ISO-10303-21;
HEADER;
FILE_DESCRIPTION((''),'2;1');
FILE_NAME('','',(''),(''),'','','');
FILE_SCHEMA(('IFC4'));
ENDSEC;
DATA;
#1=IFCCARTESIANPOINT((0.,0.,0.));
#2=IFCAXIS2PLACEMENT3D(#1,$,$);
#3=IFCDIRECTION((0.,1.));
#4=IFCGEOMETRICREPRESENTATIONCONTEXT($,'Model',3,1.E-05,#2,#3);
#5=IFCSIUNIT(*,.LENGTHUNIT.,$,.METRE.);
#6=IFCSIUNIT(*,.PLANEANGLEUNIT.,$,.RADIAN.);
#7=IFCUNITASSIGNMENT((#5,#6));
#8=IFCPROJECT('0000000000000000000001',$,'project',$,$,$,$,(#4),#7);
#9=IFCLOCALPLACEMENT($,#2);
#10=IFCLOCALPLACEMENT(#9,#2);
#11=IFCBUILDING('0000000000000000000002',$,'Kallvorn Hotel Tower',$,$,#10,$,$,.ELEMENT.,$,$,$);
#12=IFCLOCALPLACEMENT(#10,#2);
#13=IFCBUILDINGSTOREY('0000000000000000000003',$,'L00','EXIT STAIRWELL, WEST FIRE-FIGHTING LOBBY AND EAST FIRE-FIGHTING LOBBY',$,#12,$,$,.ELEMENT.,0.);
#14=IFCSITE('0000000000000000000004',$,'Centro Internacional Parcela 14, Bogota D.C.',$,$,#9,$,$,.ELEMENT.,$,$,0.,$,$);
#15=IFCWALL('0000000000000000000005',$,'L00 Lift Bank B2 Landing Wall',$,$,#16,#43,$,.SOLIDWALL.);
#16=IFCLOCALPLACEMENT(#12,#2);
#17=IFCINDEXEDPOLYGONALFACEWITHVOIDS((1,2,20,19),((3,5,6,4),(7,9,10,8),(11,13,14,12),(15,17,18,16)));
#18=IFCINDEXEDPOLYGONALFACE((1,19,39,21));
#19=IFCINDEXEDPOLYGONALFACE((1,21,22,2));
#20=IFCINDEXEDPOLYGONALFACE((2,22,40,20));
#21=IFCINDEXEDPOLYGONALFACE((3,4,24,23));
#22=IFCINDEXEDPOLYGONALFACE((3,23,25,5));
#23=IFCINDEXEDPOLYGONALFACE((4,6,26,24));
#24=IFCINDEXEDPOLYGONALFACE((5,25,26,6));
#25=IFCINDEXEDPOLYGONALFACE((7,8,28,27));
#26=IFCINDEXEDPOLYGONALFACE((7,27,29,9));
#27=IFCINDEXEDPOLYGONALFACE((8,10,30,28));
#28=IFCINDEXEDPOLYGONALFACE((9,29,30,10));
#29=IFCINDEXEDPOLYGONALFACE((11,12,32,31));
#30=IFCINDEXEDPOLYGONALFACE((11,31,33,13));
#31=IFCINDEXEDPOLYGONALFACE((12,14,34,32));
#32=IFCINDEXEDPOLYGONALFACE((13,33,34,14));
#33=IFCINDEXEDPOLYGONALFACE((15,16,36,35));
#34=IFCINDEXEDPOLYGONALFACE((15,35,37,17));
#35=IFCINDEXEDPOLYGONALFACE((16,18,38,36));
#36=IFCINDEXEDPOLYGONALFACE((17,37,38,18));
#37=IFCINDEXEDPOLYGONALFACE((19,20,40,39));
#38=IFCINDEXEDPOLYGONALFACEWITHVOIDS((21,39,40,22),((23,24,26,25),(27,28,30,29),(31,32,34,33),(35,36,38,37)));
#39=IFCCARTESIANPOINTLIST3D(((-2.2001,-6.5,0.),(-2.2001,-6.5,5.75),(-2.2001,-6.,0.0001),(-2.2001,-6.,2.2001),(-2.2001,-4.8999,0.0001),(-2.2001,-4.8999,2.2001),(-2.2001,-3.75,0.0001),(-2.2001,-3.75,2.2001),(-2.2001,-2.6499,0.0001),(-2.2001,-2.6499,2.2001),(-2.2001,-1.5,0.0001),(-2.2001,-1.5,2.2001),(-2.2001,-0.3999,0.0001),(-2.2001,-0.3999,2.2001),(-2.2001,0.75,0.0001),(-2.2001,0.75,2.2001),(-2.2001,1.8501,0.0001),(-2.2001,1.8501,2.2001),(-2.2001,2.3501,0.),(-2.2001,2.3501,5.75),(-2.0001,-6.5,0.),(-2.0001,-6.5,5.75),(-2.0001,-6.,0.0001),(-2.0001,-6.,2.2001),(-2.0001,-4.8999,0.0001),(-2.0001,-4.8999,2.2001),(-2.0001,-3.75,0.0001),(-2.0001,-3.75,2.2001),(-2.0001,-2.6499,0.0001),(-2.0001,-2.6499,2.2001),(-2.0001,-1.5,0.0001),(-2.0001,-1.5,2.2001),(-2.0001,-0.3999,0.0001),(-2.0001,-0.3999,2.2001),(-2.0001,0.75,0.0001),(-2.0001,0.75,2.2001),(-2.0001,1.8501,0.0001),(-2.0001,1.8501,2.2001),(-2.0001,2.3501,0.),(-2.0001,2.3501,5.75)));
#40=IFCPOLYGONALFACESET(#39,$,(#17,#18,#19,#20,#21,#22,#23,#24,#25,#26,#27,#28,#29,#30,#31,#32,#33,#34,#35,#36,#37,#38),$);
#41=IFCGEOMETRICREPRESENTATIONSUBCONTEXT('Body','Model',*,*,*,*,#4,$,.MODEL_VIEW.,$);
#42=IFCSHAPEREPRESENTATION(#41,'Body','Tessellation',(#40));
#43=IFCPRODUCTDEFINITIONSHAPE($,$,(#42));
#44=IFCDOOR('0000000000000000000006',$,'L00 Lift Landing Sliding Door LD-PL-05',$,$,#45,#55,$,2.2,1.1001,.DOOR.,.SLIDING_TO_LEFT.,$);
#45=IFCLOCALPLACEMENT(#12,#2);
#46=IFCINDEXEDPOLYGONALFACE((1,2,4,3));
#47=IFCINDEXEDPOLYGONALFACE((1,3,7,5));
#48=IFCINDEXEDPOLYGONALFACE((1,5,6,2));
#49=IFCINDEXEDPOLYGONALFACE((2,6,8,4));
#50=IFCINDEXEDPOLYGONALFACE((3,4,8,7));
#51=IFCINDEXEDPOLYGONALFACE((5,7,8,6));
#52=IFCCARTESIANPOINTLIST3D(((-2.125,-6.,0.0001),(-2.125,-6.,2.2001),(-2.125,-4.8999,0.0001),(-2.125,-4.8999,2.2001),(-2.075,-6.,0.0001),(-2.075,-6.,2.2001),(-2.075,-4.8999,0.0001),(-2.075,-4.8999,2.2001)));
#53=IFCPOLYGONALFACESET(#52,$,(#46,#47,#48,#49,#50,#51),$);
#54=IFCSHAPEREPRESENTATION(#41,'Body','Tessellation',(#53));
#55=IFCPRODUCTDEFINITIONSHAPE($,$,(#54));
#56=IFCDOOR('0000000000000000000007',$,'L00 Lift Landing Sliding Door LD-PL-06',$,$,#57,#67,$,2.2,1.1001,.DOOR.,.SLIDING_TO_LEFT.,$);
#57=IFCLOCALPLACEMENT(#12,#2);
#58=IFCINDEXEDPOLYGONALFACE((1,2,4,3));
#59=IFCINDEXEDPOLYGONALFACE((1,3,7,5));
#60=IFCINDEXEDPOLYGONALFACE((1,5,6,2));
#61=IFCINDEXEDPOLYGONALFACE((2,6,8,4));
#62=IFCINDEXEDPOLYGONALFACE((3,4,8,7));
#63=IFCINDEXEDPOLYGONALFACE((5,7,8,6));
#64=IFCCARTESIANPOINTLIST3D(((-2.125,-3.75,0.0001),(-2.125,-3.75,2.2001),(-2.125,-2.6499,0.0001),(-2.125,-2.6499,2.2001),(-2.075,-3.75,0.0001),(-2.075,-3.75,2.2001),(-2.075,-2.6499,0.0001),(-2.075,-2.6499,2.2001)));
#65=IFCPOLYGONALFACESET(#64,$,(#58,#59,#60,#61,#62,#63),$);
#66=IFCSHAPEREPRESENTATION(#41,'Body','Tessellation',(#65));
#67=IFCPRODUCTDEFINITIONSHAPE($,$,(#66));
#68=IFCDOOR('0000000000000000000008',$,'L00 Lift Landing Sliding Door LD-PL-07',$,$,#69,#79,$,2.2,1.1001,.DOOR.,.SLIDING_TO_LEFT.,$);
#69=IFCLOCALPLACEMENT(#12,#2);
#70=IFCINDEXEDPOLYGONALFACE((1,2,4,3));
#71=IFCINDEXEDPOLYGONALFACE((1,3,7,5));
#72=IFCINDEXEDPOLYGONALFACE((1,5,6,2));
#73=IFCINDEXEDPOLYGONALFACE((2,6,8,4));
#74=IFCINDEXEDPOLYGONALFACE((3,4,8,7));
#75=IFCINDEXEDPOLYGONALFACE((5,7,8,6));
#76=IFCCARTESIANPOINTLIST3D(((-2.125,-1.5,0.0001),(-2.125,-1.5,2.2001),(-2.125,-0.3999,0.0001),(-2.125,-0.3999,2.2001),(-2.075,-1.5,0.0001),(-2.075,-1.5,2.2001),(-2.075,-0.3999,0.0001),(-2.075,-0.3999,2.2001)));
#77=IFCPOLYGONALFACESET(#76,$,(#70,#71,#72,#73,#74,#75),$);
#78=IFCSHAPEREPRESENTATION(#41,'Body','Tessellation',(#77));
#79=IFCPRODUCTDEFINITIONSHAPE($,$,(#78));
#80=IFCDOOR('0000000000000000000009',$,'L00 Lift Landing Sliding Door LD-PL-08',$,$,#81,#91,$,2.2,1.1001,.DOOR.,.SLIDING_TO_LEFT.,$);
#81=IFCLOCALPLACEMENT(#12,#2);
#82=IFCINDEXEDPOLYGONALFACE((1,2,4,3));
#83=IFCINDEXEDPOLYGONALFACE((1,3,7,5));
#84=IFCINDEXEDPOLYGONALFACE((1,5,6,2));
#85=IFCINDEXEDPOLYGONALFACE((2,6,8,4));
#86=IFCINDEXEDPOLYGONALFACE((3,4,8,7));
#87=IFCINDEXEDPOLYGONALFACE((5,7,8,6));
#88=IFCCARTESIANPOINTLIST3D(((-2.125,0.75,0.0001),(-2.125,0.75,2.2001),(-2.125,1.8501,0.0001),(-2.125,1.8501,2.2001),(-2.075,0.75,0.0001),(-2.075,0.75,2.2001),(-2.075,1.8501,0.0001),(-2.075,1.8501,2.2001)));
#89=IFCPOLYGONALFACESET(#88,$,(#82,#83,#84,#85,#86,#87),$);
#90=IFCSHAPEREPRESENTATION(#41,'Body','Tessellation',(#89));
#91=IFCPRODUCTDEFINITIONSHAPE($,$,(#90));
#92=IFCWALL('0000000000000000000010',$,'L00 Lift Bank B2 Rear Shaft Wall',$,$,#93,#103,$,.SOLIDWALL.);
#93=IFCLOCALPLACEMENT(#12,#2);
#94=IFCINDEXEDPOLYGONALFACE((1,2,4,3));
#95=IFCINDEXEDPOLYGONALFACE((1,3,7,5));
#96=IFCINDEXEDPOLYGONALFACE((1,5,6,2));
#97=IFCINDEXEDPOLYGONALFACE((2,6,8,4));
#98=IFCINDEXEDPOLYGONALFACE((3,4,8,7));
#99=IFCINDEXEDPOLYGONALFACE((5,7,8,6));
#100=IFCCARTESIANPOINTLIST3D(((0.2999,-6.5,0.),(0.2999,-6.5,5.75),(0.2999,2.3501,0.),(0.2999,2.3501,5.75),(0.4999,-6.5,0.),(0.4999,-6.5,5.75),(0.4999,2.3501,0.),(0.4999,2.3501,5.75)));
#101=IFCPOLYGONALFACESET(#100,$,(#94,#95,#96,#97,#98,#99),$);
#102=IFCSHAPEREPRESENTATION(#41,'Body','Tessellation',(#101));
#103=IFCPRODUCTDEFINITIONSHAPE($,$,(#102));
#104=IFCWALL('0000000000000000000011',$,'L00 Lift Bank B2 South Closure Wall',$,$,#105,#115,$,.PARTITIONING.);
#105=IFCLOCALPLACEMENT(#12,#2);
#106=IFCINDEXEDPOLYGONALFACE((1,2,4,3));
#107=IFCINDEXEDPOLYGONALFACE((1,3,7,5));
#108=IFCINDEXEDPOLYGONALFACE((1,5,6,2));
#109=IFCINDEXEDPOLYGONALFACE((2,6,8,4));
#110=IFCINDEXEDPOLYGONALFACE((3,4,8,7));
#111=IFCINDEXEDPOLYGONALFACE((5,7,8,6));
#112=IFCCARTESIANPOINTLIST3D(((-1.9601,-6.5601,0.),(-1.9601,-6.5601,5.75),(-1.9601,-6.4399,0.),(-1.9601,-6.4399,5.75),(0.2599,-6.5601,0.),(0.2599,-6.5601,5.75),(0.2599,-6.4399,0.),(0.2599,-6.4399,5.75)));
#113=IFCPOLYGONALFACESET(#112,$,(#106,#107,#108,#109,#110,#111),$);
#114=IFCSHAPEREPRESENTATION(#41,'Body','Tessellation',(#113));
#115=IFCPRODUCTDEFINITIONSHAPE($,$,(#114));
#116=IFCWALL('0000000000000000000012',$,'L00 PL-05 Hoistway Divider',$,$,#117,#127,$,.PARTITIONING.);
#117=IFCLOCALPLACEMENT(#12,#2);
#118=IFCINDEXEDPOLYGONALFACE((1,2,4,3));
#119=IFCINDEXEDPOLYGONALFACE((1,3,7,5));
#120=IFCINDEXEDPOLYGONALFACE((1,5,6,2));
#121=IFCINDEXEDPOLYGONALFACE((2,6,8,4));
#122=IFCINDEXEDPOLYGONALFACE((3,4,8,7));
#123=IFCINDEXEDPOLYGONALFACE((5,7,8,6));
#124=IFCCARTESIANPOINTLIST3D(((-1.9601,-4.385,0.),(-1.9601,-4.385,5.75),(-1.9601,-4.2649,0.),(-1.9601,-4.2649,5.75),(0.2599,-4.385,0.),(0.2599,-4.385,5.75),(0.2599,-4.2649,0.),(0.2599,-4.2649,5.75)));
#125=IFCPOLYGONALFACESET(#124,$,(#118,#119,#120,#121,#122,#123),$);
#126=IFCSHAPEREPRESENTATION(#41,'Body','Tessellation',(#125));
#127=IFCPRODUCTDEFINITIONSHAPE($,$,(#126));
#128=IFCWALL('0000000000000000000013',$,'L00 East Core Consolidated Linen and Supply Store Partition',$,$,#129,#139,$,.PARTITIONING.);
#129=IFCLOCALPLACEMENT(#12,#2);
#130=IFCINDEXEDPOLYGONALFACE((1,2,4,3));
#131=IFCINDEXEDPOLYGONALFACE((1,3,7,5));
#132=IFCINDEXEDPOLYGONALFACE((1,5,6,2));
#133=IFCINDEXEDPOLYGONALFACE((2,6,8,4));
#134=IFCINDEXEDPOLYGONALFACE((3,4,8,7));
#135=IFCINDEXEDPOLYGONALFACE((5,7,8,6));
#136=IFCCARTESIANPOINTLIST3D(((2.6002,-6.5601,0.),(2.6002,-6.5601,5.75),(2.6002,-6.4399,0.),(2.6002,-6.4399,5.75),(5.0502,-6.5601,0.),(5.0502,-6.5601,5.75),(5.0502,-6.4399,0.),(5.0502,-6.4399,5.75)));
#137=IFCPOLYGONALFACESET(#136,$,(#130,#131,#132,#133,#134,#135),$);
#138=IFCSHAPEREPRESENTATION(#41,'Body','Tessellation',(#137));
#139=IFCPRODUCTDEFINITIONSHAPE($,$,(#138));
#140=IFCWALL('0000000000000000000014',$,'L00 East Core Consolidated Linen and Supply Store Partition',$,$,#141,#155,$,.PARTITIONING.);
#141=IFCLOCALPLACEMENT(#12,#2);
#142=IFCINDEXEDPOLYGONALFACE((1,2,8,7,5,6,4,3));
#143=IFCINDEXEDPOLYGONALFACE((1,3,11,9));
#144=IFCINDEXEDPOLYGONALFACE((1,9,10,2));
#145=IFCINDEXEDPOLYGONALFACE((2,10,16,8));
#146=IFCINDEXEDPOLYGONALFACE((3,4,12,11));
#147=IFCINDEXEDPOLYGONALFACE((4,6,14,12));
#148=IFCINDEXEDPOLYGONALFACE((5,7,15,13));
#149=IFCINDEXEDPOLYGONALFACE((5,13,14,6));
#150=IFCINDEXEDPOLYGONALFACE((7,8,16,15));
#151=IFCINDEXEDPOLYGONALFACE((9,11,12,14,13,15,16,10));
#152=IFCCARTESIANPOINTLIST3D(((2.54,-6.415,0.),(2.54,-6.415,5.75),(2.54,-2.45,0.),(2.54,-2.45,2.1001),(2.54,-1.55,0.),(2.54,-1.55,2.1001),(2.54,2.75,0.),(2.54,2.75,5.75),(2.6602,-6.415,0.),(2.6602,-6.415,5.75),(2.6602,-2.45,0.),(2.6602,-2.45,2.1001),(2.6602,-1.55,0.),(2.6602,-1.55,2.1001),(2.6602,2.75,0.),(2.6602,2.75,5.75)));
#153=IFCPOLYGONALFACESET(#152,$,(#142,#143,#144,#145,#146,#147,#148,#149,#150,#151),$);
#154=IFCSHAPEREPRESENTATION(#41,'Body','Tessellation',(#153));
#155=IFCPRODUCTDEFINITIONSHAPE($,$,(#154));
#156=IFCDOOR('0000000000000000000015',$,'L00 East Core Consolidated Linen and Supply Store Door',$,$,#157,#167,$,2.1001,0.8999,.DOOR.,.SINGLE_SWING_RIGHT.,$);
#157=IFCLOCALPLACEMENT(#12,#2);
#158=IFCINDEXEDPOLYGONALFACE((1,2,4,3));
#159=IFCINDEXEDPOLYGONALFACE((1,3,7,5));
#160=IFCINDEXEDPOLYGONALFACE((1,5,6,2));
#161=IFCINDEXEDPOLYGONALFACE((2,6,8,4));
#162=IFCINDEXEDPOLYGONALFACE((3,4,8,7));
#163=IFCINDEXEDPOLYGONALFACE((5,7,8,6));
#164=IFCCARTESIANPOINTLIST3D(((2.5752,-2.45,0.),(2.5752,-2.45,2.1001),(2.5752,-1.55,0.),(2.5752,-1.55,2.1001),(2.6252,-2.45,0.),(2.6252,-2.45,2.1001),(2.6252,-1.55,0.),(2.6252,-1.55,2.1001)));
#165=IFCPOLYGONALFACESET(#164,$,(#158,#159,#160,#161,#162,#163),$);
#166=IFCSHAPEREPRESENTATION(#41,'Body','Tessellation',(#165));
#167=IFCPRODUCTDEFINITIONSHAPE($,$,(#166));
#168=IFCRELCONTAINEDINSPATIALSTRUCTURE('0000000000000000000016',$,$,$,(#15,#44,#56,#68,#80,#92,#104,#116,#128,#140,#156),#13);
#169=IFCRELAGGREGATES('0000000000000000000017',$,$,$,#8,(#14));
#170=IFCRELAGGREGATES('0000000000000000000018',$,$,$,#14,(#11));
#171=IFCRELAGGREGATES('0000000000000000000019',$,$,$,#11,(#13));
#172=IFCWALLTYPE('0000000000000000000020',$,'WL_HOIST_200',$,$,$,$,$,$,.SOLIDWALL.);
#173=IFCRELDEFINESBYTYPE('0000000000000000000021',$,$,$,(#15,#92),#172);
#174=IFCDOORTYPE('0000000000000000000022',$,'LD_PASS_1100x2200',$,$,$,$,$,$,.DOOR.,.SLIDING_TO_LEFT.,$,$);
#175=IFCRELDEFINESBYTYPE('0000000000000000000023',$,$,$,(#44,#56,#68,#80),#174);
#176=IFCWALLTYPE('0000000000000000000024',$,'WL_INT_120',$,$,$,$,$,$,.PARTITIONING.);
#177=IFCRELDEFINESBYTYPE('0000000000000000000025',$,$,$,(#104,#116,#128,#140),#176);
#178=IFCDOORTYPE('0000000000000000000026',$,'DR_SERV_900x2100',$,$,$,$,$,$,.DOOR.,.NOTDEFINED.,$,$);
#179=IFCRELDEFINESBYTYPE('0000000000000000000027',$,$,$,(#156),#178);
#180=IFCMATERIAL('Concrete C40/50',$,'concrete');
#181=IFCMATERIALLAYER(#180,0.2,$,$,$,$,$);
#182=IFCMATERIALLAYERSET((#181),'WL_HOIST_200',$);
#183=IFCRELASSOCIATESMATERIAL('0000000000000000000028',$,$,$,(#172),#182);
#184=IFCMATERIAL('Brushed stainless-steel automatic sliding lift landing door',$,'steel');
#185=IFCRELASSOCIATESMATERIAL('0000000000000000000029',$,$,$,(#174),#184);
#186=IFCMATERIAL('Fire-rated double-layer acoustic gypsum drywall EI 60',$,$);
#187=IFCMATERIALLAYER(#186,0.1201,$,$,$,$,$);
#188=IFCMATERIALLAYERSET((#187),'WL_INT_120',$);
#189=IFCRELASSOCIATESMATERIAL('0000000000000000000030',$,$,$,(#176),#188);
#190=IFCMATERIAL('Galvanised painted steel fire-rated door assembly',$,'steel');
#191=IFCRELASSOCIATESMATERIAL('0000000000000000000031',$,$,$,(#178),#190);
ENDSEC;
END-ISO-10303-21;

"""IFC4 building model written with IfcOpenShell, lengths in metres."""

from ifc_helpers import new_model, si_unit, direction, frame, frame_2d, origin, place, context, subcontext, project, spatial, rectangle, extrude, material, layer, layer_set, type_object, element, fill, save


model = new_model("IFC4")

# Units and contexts
model_context = context("Model", 3, precision=1e-05, world=origin(), true_north=direction((0.0, 1.0)))
body_context = subcontext(model_context, "Body", "Model", "MODEL_VIEW")
ifc_project = project(units=[si_unit("LENGTHUNIT", "METRE"), si_unit("PLANEANGLEUNIT", "RADIAN")], contexts=[model_context])

# Site, building, storey
site_placement = place(None, origin())
site = spatial("IfcSite", under=ifc_project, at=site_placement, Name="Centro Internacional Parcela 14, Bogota D.C.", CompositionType="ELEMENT", RefElevation=0.0)
building_placement = place(site_placement, origin())
building = spatial("IfcBuilding", under=site, at=building_placement, Name="Kallvorn Hotel Tower", CompositionType="ELEMENT")
storey_placement = place(building_placement, origin())
storey = spatial("IfcBuildingStorey", under=building, at=storey_placement, Name="L00", Description="EXIT STAIRWELL, WEST FIRE-FIGHTING LOBBY AND EAST FIRE-FIGHTING LOBBY", CompositionType="ELEMENT", Elevation=0.0)

# Wall, openings, doors
ifc_material_1 = material(Name="Concrete C40/50", Category="concrete")
ifc_layer_1 = layer(ifc_material_1, 0.2)
ifc_layer_set_1 = layer_set([ifc_layer_1], Name="WL_HOIST_200")
wall_type_1 = type_object("IfcWallType", Name="WL_HOIST_200", PredefinedType="SOLIDWALL", material=ifc_layer_set_1)
wall_1_placement = place(storey_placement, frame((-2.1001, -6.5, 0.0), z_axis=(0.0, 0.0, 1.0), x_axis=(0.0, 1.0, 0.0)))
wall_1 = element("IfcWall", 1, at=wall_1_placement, inside=storey, type_object=wall_type_1, Name="L00 Lift Bank B2 Landing Wall", PredefinedType="SOLIDWALL", context=body_context, shape_type="SweptSolid", body=[
    extrude(rectangle(XDim=8.8501, YDim=0.2, at=frame_2d((4.425, 0.0))), origin(), (0.0, 0.0, 1.0), 5.75),
])
opening_1_placement = place(wall_1_placement, frame((0.5, 0.0, 0.0)))
opening_1 = element("IfcOpeningElement", 2, at=opening_1_placement, cuts=wall_1, PredefinedType="OPENING", context=body_context, shape_type="SweptSolid", body=[
    extrude(rectangle(XDim=1.1001, YDim=2.2, at=frame_2d((0.55, 1.1001))), frame((0.0, 0.115, 0.0), z_axis=(0.0, -1.0, 0.0), x_axis=(1.0, 0.0, 0.0)), (0.0, 0.0, 1.0), 0.23),
])
opening_2_placement = place(wall_1_placement, frame((2.75, 0.0, 0.0)))
opening_2 = element("IfcOpeningElement", 3, at=opening_2_placement, cuts=wall_1, PredefinedType="OPENING", context=body_context, shape_type="SweptSolid", body=[
    extrude(rectangle(XDim=1.1001, YDim=2.2, at=frame_2d((0.55, 1.1001))), frame((0.0, 0.115, 0.0), z_axis=(0.0, -1.0, 0.0), x_axis=(1.0, 0.0, 0.0)), (0.0, 0.0, 1.0), 0.23),
])
opening_3_placement = place(wall_1_placement, frame((5.0, 0.0, 0.0)))
opening_3 = element("IfcOpeningElement", 4, at=opening_3_placement, cuts=wall_1, PredefinedType="OPENING", context=body_context, shape_type="SweptSolid", body=[
    extrude(rectangle(XDim=1.1001, YDim=2.2, at=frame_2d((0.55, 1.1001))), frame((0.0, 0.115, 0.0), z_axis=(0.0, -1.0, 0.0), x_axis=(1.0, 0.0, 0.0)), (0.0, 0.0, 1.0), 0.23),
])
opening_4_placement = place(wall_1_placement, frame((7.25, 0.0, 0.0)))
opening_4 = element("IfcOpeningElement", 5, at=opening_4_placement, cuts=wall_1, PredefinedType="OPENING", context=body_context, shape_type="SweptSolid", body=[
    extrude(rectangle(XDim=1.1001, YDim=2.2, at=frame_2d((0.55, 1.1001))), frame((0.0, 0.115, 0.0), z_axis=(0.0, -1.0, 0.0), x_axis=(1.0, 0.0, 0.0)), (0.0, 0.0, 1.0), 0.23),
])
ifc_material_2 = material(Name="Brushed stainless-steel automatic sliding lift landing door", Category="steel")
door_type_1 = type_object("IfcDoorType", Name="LD_PASS_1100x2200", OperationType="SLIDING_TO_LEFT", PredefinedType="DOOR", material=ifc_material_2)
door_1_placement = place(opening_1_placement, origin())
door_1 = element("IfcDoor", 6, at=door_1_placement, inside=storey, type_object=door_type_1, Name="L00 Lift Landing Sliding Door LD-PL-05", OperationType="SLIDING_TO_LEFT", OverallHeight=2.2, OverallWidth=1.1001, PredefinedType="DOOR", context=body_context, shape_type="SweptSolid", body=[
    extrude(rectangle(XDim=1.1001, YDim=2.2, at=frame_2d((0.55, 1.1001))), frame((0.0, 0.0249, 0.0), z_axis=(0.0, -1.0, 0.0), x_axis=(1.0, 0.0, 0.0)), (0.0, 0.0, 1.0), 0.05),
])
fill(opening_1, door_1)
door_2_placement = place(opening_2_placement, origin())
door_2 = element("IfcDoor", 7, at=door_2_placement, inside=storey, type_object=door_type_1, Name="L00 Lift Landing Sliding Door LD-PL-06", OperationType="SLIDING_TO_LEFT", OverallHeight=2.2, OverallWidth=1.1001, PredefinedType="DOOR", context=body_context, shape_type="SweptSolid", body=[
    extrude(rectangle(XDim=1.1001, YDim=2.2, at=frame_2d((0.55, 1.1001))), frame((0.0, 0.0249, 0.0), z_axis=(0.0, -1.0, 0.0), x_axis=(1.0, 0.0, 0.0)), (0.0, 0.0, 1.0), 0.05),
])
fill(opening_2, door_2)
door_3_placement = place(opening_3_placement, origin())
door_3 = element("IfcDoor", 8, at=door_3_placement, inside=storey, type_object=door_type_1, Name="L00 Lift Landing Sliding Door LD-PL-07", OperationType="SLIDING_TO_LEFT", OverallHeight=2.2, OverallWidth=1.1001, PredefinedType="DOOR", context=body_context, shape_type="SweptSolid", body=[
    extrude(rectangle(XDim=1.1001, YDim=2.2, at=frame_2d((0.55, 1.1001))), frame((0.0, 0.0249, 0.0), z_axis=(0.0, -1.0, 0.0), x_axis=(1.0, 0.0, 0.0)), (0.0, 0.0, 1.0), 0.05),
])
fill(opening_3, door_3)
door_4_placement = place(opening_4_placement, origin())
door_4 = element("IfcDoor", 9, at=door_4_placement, inside=storey, type_object=door_type_1, Name="L00 Lift Landing Sliding Door LD-PL-08", OperationType="SLIDING_TO_LEFT", OverallHeight=2.2, OverallWidth=1.1001, PredefinedType="DOOR", context=body_context, shape_type="SweptSolid", body=[
    extrude(rectangle(XDim=1.1001, YDim=2.2, at=frame_2d((0.55, 1.1001))), frame((0.0, 0.0249, 0.0), z_axis=(0.0, -1.0, 0.0), x_axis=(1.0, 0.0, 0.0)), (0.0, 0.0, 1.0), 0.05),
])
fill(opening_4, door_4)

# Walls
wall_2_placement = place(storey_placement, frame((0.3999, -6.5, 0.0), z_axis=(0.0, 0.0, 1.0), x_axis=(0.0, 1.0, 0.0)))
element("IfcWall", 10, at=wall_2_placement, inside=storey, type_object=wall_type_1, Name="L00 Lift Bank B2 Rear Shaft Wall", PredefinedType="SOLIDWALL", context=body_context, shape_type="SweptSolid", body=[
    extrude(rectangle(XDim=8.8501, YDim=0.2, at=frame_2d((4.425, 0.0))), origin(), (0.0, 0.0, 1.0), 5.75),
])
ifc_material_3 = material(Name="Fire-rated double-layer acoustic gypsum drywall EI 60")
ifc_layer_2 = layer(ifc_material_3, 0.1201)
ifc_layer_set_2 = layer_set([ifc_layer_2], Name="WL_INT_120")
wall_type_2 = type_object("IfcWallType", Name="WL_INT_120", PredefinedType="PARTITIONING", material=ifc_layer_set_2)
for number, where, z_axis, x_axis, name in (
    (11, (-1.96, -6.5, 0.0), (0.0, 0.0, 1.0), (1.0, 0.0, 0.0), "L00 Lift Bank B2 South Closure Wall"),
    (12, (-1.96, -4.325, 0.0), (0.0, 0.0, 1.0), (1.0, 0.0, 0.0), "L00 PL-05 Hoistway Divider"),
):
    element("IfcWall", number, at=place(storey_placement, frame(where, z_axis=z_axis, x_axis=x_axis)), inside=storey, type_object=wall_type_2, Name=name, PredefinedType="PARTITIONING", context=body_context, shape_type="SweptSolid", body=[
        extrude(rectangle(XDim=2.22, YDim=0.1201, at=frame_2d((1.1099, 0.0))), origin(), (0.0, 0.0, 1.0), 5.75),
    ])
wall_3_placement = place(storey_placement, frame((2.6001, -6.5, 0.0), z_axis=(0.0, 0.0, 1.0), x_axis=(1.0, 0.0, 0.0)))
element("IfcWall", 13, at=wall_3_placement, inside=storey, type_object=wall_type_2, Name="L00 East Core Consolidated Linen and Supply Store Partition", PredefinedType="PARTITIONING", context=body_context, shape_type="SweptSolid", body=[
    extrude(rectangle(XDim=2.45, YDim=0.1201, at=frame_2d((1.2251, 0.0))), origin(), (0.0, 0.0, 1.0), 5.75),
])

# Wall, opening, door
wall_4_placement = place(storey_placement, frame((2.6001, -6.415, 0.0), z_axis=(0.0, 0.0, 1.0), x_axis=(0.0, 1.0, 0.0)))
wall_4 = element("IfcWall", 14, at=wall_4_placement, inside=storey, type_object=wall_type_2, Name="L00 East Core Consolidated Linen and Supply Store Partition", PredefinedType="PARTITIONING", context=body_context, shape_type="SweptSolid", body=[
    extrude(rectangle(XDim=9.165, YDim=0.1201, at=frame_2d((4.5825, 0.0))), origin(), (0.0, 0.0, 1.0), 5.75),
])
opening_5_placement = place(wall_4_placement, frame((3.9651, 0.0, 0.0)))
opening_5 = element("IfcOpeningElement", 15, at=opening_5_placement, cuts=wall_4, PredefinedType="OPENING", context=body_context, shape_type="SweptSolid", body=[
    extrude(rectangle(XDim=0.8999, YDim=2.1001, at=frame_2d((0.45, 1.05))), frame((0.0, 0.075, 0.0), z_axis=(0.0, -1.0, 0.0), x_axis=(1.0, 0.0, 0.0)), (0.0, 0.0, 1.0), 0.1501),
])
ifc_material_4 = material(Name="Galvanised painted steel fire-rated door assembly", Category="steel")
door_type_2 = type_object("IfcDoorType", Name="DR_SERV_900x2100", OperationType="NOTDEFINED", PredefinedType="DOOR", material=ifc_material_4)
door_5_placement = place(opening_5_placement, origin())
door_5 = element("IfcDoor", 16, at=door_5_placement, inside=storey, type_object=door_type_2, Name="L00 East Core Consolidated Linen and Supply Store Door", OperationType="SINGLE_SWING_RIGHT", OverallHeight=2.1001, OverallWidth=0.8999, PredefinedType="DOOR", context=body_context, shape_type="SweptSolid", body=[
    extrude(rectangle(XDim=0.8999, YDim=2.1001, at=frame_2d((0.45, 1.05))), frame((0.0, 0.0249, 0.0), z_axis=(0.0, -1.0, 0.0), x_axis=(1.0, 0.0, 0.0)), (0.0, 0.0, 1.0), 0.05),
])
fill(opening_5, door_5)

save(model, "model.ifc")
